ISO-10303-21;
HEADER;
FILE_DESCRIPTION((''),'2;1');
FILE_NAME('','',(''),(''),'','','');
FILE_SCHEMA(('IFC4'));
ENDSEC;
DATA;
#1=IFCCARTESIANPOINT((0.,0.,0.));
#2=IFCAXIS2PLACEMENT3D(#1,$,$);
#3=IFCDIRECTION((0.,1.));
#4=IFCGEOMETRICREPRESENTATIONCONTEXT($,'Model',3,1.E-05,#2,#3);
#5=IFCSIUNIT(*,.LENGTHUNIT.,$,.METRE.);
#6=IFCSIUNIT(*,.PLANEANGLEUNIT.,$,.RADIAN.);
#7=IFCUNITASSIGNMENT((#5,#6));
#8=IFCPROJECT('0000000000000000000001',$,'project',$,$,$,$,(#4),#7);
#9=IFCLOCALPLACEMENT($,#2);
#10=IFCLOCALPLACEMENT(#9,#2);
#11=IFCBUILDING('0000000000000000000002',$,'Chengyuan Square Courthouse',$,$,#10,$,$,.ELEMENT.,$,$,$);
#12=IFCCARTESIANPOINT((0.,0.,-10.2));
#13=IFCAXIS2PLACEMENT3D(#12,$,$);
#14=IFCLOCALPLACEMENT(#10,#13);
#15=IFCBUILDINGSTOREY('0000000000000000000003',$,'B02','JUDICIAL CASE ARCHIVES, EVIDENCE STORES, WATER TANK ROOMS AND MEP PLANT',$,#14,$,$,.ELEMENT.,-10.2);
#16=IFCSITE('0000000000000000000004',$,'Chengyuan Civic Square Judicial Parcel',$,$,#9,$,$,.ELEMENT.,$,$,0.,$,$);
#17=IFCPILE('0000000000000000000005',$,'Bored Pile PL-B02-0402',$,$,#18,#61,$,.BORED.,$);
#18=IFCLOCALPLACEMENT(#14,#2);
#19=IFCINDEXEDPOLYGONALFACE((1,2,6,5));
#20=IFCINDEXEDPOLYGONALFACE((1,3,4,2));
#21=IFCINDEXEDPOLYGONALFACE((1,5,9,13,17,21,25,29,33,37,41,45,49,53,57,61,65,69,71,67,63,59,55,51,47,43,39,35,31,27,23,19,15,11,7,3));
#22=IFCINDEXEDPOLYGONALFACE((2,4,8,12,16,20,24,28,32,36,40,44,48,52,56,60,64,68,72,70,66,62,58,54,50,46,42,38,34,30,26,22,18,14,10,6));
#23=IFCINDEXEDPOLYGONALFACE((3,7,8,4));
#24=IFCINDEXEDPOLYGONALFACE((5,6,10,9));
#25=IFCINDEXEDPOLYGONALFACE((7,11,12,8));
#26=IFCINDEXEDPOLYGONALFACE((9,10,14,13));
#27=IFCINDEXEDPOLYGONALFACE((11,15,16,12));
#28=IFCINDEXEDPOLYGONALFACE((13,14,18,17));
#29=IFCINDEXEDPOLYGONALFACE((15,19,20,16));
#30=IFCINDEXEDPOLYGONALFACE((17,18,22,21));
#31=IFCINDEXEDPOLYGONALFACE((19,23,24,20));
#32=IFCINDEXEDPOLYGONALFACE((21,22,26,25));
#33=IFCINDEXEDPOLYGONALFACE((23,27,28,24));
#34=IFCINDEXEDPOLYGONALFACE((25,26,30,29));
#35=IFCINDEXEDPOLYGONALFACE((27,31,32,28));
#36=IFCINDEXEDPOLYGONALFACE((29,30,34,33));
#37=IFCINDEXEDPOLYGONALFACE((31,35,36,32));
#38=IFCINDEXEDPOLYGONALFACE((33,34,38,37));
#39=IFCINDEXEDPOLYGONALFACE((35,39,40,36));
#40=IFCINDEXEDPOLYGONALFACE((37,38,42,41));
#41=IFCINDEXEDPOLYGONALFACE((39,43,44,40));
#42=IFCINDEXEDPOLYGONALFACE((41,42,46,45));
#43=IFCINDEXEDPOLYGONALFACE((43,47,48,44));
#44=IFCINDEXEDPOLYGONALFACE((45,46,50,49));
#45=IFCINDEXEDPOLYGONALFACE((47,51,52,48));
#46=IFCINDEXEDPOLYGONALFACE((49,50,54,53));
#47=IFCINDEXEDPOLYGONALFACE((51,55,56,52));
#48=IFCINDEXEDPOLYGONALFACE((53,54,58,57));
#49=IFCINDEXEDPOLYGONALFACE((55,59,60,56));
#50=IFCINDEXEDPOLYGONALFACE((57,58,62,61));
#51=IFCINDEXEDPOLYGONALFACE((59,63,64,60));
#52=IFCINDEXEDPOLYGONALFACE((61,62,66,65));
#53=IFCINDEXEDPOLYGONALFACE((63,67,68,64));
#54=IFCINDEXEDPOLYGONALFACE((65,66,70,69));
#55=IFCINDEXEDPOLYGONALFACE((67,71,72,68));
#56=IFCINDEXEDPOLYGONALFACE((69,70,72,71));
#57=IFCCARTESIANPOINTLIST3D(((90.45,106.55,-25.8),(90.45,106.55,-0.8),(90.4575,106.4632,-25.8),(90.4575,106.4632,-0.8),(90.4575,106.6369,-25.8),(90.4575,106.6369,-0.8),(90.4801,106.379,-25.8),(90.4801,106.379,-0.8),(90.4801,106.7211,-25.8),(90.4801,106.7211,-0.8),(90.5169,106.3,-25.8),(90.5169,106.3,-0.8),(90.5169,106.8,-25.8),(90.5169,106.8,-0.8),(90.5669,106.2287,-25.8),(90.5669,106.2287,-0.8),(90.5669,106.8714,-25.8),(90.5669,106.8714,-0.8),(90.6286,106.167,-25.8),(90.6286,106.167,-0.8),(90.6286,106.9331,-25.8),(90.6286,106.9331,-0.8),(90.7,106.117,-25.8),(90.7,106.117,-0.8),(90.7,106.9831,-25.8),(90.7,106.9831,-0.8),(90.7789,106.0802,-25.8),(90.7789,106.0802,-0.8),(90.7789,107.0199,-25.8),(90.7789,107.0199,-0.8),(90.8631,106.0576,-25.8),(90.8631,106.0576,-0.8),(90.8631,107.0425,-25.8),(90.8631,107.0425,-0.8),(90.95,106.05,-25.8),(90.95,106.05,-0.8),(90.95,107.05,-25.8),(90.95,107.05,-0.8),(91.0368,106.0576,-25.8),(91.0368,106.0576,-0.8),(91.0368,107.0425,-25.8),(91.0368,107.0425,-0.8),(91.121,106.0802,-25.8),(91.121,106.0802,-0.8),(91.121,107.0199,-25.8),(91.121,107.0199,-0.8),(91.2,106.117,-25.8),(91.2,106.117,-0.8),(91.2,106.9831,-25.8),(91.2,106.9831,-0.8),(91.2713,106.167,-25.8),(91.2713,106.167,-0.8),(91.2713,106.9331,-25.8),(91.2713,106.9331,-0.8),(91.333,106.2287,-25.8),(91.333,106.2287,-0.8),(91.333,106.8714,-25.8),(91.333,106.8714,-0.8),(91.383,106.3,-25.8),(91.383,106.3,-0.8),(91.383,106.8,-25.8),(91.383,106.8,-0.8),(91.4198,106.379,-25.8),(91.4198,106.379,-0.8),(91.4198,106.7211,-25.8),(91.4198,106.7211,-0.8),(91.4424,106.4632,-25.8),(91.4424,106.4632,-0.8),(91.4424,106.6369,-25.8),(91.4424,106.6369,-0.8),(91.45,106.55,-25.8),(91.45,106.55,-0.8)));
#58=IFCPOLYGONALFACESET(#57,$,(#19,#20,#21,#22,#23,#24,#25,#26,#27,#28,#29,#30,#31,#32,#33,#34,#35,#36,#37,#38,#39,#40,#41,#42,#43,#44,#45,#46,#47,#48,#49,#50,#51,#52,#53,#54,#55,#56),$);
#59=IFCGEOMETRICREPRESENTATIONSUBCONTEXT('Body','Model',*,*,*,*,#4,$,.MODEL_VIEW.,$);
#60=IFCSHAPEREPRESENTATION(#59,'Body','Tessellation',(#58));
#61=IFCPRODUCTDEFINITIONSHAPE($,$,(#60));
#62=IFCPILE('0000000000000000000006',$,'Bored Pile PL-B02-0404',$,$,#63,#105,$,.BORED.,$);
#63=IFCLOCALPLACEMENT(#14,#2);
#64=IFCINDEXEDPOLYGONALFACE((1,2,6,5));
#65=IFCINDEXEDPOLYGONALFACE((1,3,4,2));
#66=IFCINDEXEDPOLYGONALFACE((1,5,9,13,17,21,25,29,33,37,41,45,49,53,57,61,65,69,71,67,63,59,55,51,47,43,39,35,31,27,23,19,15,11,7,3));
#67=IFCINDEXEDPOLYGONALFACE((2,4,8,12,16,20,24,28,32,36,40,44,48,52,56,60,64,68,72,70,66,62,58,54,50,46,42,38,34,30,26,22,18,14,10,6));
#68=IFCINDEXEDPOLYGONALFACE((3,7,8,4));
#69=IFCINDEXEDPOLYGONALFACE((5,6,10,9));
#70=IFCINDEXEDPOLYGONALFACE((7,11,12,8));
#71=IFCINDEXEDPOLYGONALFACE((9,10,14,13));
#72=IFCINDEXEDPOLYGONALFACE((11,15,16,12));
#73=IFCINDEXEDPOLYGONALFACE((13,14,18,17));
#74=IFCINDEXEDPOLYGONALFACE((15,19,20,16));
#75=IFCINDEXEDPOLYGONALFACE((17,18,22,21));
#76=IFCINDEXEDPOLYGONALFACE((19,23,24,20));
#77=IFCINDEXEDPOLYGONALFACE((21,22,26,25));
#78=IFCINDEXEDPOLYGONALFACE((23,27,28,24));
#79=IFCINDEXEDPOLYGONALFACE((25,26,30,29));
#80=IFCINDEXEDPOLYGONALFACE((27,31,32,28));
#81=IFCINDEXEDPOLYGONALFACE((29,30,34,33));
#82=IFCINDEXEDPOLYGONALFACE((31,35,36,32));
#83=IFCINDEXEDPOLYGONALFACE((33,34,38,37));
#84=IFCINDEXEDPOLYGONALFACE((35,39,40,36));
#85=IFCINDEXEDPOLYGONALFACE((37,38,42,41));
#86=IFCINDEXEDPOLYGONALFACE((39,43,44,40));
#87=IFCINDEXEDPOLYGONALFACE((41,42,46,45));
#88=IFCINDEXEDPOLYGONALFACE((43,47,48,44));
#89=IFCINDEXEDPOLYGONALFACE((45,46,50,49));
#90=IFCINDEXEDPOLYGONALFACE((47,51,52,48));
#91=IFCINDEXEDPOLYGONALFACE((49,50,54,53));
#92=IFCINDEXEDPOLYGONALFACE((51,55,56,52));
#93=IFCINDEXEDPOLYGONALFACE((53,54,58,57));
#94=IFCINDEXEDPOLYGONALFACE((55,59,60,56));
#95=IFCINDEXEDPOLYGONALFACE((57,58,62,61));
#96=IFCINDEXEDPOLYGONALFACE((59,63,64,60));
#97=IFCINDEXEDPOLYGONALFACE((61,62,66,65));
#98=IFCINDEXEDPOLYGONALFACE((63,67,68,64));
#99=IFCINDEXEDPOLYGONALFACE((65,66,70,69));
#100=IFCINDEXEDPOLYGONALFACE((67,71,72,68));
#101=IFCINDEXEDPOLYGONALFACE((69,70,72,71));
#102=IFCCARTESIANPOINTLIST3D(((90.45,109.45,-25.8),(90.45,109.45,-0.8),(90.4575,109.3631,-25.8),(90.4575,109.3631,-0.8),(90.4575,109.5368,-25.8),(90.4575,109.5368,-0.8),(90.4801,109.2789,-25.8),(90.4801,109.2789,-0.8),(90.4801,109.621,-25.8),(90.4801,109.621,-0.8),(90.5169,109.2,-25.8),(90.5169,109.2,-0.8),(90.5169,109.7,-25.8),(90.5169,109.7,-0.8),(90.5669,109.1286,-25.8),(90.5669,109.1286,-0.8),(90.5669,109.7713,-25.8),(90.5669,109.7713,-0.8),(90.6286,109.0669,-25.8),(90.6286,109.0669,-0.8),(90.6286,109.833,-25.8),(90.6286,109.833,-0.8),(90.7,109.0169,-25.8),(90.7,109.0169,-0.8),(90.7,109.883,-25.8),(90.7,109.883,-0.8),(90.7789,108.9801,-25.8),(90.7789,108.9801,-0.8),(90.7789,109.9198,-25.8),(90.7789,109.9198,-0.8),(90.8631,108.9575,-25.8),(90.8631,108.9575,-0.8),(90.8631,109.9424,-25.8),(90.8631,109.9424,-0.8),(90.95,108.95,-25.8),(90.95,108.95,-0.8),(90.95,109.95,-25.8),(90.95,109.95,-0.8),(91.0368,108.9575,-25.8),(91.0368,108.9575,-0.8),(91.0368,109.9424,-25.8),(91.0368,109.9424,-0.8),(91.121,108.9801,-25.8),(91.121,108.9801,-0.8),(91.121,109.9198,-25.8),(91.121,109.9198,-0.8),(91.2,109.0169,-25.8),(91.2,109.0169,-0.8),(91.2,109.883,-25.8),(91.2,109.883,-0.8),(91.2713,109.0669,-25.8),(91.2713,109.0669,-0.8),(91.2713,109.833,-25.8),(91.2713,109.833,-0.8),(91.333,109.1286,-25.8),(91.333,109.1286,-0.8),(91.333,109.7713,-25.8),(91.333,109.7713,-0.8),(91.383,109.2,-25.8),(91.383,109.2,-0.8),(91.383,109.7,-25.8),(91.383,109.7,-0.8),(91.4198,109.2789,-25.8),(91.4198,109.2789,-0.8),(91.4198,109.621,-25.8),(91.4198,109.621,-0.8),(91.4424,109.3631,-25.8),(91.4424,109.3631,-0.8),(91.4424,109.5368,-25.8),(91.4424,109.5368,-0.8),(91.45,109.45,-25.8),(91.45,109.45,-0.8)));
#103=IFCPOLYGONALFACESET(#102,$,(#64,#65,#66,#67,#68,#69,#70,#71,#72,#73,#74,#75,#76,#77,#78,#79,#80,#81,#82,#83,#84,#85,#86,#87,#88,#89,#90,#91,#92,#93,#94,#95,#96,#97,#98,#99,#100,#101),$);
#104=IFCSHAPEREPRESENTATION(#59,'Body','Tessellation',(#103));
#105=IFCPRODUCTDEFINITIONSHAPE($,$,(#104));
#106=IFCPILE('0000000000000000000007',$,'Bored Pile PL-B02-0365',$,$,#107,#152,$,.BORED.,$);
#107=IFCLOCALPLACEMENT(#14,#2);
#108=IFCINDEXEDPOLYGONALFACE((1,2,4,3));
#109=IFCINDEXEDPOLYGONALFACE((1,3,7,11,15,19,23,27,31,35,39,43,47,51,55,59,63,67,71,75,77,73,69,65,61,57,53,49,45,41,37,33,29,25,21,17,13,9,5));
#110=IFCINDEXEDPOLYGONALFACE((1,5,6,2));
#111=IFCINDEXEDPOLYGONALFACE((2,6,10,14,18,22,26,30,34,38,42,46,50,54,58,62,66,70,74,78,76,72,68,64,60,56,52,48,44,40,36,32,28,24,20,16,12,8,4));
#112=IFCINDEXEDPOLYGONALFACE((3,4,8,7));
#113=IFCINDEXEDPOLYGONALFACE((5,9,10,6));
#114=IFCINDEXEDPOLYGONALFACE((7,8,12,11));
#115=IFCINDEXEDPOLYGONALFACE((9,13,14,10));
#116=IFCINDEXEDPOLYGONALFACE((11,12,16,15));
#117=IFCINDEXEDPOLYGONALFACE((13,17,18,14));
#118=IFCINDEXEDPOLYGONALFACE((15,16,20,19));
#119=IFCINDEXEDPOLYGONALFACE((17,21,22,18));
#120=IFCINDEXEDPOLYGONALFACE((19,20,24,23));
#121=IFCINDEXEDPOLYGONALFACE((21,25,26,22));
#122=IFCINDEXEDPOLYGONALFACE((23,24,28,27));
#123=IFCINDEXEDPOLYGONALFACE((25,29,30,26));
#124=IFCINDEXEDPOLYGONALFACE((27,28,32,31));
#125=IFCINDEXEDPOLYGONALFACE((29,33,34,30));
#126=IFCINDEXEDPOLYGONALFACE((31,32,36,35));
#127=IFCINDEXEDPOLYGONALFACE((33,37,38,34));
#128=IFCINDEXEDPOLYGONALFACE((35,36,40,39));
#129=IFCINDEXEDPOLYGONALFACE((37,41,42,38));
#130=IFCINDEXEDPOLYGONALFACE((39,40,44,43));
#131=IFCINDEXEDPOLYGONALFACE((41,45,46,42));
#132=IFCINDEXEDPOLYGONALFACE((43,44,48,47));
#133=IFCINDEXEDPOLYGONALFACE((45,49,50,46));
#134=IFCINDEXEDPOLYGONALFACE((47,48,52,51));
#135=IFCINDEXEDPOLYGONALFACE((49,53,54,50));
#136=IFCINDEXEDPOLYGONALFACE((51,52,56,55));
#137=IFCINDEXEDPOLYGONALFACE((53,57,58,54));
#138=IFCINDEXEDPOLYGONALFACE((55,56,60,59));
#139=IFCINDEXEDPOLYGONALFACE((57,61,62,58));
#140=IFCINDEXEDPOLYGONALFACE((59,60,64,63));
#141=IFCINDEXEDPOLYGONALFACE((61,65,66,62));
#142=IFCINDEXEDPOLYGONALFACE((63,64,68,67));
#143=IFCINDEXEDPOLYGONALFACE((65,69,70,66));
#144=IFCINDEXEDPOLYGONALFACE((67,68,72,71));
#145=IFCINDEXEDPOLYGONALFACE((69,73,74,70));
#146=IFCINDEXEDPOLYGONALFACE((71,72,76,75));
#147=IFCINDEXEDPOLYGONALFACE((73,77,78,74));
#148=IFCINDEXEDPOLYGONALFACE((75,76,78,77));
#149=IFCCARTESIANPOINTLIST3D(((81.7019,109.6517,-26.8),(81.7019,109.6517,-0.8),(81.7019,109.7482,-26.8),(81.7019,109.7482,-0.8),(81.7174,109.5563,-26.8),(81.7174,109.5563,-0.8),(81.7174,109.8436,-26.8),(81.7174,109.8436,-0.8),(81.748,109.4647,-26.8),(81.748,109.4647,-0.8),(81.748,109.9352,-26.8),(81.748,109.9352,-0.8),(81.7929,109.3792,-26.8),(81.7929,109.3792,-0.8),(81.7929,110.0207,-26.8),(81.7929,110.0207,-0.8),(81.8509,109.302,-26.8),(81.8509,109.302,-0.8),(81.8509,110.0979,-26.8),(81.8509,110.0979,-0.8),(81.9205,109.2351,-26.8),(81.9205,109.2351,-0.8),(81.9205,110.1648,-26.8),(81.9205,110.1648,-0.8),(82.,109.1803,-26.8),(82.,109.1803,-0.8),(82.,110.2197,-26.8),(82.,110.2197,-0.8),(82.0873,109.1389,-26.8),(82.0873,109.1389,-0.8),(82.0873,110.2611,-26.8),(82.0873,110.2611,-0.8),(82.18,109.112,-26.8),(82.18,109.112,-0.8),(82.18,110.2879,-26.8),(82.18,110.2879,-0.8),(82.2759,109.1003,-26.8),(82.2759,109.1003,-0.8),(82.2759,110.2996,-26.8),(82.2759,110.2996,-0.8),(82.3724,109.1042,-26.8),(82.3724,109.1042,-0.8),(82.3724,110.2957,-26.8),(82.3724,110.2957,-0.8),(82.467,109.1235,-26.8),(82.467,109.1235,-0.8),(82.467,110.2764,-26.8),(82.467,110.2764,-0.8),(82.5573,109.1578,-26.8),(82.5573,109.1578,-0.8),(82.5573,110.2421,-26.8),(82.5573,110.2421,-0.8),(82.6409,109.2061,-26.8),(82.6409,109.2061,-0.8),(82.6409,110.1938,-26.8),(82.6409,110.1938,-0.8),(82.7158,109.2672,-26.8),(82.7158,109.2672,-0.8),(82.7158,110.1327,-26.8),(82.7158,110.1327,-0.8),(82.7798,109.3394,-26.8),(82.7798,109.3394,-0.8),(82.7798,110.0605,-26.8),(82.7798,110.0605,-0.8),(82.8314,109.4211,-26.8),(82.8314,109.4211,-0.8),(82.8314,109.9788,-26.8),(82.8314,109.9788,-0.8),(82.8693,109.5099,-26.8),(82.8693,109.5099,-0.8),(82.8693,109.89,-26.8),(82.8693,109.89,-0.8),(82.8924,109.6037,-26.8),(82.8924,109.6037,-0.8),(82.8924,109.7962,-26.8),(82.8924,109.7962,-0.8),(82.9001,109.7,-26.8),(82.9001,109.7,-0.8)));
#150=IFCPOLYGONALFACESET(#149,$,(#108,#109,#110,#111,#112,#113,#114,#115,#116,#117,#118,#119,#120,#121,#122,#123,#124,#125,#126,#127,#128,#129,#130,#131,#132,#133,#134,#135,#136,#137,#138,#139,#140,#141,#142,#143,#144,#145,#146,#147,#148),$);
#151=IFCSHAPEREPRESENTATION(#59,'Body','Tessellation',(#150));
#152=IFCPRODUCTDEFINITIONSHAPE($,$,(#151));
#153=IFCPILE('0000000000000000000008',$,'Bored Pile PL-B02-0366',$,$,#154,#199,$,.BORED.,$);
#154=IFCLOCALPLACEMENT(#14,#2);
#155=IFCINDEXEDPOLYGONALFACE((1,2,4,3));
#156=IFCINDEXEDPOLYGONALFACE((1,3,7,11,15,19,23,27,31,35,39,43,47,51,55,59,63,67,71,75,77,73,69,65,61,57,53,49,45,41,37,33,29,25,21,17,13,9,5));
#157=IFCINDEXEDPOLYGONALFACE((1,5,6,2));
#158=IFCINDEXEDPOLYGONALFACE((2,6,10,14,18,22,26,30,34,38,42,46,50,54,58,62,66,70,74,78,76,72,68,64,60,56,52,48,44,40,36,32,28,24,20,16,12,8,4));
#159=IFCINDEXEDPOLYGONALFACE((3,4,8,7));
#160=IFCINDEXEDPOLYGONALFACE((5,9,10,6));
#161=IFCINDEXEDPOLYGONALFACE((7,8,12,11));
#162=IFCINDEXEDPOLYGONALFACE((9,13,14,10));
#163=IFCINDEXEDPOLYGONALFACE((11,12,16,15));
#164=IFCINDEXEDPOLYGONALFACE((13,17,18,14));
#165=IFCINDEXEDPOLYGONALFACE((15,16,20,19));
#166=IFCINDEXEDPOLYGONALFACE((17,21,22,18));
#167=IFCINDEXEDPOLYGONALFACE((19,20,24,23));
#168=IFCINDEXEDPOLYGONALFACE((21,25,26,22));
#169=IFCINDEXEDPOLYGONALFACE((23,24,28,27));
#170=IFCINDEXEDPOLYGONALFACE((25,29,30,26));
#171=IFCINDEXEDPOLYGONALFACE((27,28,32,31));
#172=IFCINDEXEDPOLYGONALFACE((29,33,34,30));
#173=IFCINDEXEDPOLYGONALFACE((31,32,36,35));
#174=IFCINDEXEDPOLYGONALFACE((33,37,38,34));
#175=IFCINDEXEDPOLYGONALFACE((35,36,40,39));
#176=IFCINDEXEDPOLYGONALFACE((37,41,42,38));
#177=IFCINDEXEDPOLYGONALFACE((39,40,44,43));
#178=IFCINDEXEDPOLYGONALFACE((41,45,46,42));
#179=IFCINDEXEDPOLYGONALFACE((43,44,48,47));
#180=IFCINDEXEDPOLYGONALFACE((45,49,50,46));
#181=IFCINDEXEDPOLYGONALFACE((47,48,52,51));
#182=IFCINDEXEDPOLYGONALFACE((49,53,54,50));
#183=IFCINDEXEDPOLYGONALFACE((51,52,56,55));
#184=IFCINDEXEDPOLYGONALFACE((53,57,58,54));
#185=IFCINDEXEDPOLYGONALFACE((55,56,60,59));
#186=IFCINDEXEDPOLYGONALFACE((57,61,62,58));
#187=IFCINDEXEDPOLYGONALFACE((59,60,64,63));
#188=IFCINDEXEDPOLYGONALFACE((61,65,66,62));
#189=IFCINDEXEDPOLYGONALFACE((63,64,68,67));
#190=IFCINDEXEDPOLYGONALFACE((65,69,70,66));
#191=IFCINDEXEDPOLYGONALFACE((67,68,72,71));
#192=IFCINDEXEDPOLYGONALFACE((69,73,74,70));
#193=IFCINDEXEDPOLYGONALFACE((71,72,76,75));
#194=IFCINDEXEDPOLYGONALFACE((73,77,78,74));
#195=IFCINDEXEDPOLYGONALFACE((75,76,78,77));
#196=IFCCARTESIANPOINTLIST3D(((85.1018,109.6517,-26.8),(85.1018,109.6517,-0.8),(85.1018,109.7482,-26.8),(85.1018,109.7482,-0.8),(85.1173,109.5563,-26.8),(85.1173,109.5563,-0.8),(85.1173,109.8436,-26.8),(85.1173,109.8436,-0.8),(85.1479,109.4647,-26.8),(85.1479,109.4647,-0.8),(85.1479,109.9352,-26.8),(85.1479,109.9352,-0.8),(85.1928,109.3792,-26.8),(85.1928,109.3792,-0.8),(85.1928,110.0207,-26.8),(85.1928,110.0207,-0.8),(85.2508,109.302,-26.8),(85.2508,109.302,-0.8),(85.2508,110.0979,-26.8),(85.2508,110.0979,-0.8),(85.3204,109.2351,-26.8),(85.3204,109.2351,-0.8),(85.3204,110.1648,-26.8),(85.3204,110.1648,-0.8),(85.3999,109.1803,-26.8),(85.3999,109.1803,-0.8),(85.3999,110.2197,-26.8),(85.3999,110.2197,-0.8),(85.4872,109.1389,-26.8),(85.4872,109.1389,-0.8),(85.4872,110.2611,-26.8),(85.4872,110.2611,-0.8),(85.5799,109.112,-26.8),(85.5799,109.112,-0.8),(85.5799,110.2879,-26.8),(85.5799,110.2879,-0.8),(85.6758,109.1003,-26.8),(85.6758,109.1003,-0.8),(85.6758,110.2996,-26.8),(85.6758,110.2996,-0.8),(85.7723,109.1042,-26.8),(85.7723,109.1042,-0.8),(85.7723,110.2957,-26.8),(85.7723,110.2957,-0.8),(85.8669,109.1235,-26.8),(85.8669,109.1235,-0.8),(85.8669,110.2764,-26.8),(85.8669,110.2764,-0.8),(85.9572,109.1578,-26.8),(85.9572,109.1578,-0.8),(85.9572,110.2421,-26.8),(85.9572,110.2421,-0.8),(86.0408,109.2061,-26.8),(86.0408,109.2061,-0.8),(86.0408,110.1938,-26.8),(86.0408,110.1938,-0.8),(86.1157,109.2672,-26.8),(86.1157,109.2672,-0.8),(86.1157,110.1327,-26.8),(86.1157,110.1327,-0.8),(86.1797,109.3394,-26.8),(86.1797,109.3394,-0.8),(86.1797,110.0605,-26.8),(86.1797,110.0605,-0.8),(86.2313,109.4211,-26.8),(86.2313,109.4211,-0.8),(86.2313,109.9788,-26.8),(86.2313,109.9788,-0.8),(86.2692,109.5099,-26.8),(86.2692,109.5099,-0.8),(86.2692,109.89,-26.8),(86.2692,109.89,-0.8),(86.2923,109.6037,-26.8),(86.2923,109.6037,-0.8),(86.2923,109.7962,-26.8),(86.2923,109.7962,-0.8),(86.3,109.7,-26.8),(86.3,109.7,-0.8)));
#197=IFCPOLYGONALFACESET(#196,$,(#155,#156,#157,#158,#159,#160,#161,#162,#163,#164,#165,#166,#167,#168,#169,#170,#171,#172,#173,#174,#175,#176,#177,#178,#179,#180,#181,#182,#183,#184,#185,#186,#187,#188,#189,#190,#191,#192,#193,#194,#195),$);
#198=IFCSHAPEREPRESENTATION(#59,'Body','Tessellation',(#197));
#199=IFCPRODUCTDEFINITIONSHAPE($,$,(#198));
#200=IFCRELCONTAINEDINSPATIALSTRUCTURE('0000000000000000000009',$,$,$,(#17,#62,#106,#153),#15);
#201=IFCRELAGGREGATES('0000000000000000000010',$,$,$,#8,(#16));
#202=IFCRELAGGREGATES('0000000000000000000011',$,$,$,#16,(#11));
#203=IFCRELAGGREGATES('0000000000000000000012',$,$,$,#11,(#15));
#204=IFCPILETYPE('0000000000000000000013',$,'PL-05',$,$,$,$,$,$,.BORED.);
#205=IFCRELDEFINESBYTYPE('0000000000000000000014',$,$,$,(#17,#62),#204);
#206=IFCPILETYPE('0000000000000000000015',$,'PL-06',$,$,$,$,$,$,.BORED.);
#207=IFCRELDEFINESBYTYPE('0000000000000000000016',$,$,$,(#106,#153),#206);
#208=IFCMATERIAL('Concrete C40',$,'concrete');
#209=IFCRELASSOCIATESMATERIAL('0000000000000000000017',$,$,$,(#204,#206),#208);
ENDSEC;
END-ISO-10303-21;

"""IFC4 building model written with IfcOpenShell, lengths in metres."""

from ifc_helpers import new_model, si_unit, direction, frame, origin, origin_2d, place, context, subcontext, project, spatial, circle, extrude, material, material_profile, profile_set, type_object, element, save


model = new_model("IFC4")

# Units and contexts
model_context = context("Model", 3, precision=1e-05, world=origin(), true_north=direction((0.0, 1.0)))
body_context = subcontext(model_context, "Body", "Model", "MODEL_VIEW")
ifc_project = project(units=[si_unit("LENGTHUNIT", "METRE"), si_unit("PLANEANGLEUNIT", "RADIAN")], contexts=[model_context])

# Site, building, storey
site_placement = place(None, origin())
site = spatial("IfcSite", under=ifc_project, at=site_placement, Name="Chengyuan Civic Square Judicial Parcel", CompositionType="ELEMENT", RefElevation=0.0)
building_placement = place(site_placement, origin())
building = spatial("IfcBuilding", under=site, at=building_placement, Name="Chengyuan Square Courthouse", CompositionType="ELEMENT")
storey_placement = place(building_placement, frame((0.0, 0.0, -10.2)))
storey = spatial("IfcBuildingStorey", under=building, at=storey_placement, Name="B02", Description="JUDICIAL CASE ARCHIVES, EVIDENCE STORES, WATER TANK ROOMS AND MEP PLANT", CompositionType="ELEMENT", Elevation=-10.2)

# Shared definitions
ifc_material_1 = material(Name="Concrete C40", Category="concrete")

# Piles
ifc_material_profile_1 = material_profile(ifc_material_1, circle(Radius=0.5, at=origin_2d()), Name="BORED PILE D1000")
ifc_profile_set_1 = profile_set([ifc_material_profile_1], Name="Concrete C40")
pile_type_1 = type_object("IfcPileType", Name="PL-05", PredefinedType="BORED", material=ifc_profile_set_1)
for number, where, z_axis, x_axis, name in (
    (1, (90.95, 106.55, -0.8), (0.0, 0.0, -1.0), (1.0, 0.0, 0.0), "Bored Pile PL-B02-0402"),
    (2, (90.95, 109.45, -0.8), (0.0, 0.0, -1.0), (1.0, 0.0, 0.0), "Bored Pile PL-B02-0404"),
):
    element("IfcPile", number, at=place(storey_placement, frame(where, z_axis=z_axis, x_axis=x_axis)), inside=storey, type_object=pile_type_1, Name=name, PredefinedType="BORED", context=body_context, shape_type="SweptSolid", body=[
        extrude(circle(Radius=0.5, at=origin_2d()), origin(), (0.0, 0.0, 1.0), 25.0),
    ])
ifc_material_profile_2 = material_profile(ifc_material_1, circle(Radius=0.6001, at=origin_2d()), Name="BORED PILE D1200")
ifc_profile_set_2 = profile_set([ifc_material_profile_2], Name="Concrete C40")
pile_type_2 = type_object("IfcPileType", Name="PL-06", PredefinedType="BORED", material=ifc_profile_set_2)
for number, where, z_axis, x_axis, name in (
    (3, (82.3, 109.7, -0.8), (0.0, 0.0, -1.0), (1.0, 0.0, 0.0), "Bored Pile PL-B02-0365"),
    (4, (85.7, 109.7, -0.8), (0.0, 0.0, -1.0), (1.0, 0.0, 0.0), "Bored Pile PL-B02-0366"),
):
    element("IfcPile", number, at=place(storey_placement, frame(where, z_axis=z_axis, x_axis=x_axis)), inside=storey, type_object=pile_type_2, Name=name, PredefinedType="BORED", context=body_context, shape_type="SweptSolid", body=[
        extrude(circle(Radius=0.6001, at=origin_2d()), origin(), (0.0, 0.0, 1.0), 26.0),
    ])

save(model, "model.ifc")
